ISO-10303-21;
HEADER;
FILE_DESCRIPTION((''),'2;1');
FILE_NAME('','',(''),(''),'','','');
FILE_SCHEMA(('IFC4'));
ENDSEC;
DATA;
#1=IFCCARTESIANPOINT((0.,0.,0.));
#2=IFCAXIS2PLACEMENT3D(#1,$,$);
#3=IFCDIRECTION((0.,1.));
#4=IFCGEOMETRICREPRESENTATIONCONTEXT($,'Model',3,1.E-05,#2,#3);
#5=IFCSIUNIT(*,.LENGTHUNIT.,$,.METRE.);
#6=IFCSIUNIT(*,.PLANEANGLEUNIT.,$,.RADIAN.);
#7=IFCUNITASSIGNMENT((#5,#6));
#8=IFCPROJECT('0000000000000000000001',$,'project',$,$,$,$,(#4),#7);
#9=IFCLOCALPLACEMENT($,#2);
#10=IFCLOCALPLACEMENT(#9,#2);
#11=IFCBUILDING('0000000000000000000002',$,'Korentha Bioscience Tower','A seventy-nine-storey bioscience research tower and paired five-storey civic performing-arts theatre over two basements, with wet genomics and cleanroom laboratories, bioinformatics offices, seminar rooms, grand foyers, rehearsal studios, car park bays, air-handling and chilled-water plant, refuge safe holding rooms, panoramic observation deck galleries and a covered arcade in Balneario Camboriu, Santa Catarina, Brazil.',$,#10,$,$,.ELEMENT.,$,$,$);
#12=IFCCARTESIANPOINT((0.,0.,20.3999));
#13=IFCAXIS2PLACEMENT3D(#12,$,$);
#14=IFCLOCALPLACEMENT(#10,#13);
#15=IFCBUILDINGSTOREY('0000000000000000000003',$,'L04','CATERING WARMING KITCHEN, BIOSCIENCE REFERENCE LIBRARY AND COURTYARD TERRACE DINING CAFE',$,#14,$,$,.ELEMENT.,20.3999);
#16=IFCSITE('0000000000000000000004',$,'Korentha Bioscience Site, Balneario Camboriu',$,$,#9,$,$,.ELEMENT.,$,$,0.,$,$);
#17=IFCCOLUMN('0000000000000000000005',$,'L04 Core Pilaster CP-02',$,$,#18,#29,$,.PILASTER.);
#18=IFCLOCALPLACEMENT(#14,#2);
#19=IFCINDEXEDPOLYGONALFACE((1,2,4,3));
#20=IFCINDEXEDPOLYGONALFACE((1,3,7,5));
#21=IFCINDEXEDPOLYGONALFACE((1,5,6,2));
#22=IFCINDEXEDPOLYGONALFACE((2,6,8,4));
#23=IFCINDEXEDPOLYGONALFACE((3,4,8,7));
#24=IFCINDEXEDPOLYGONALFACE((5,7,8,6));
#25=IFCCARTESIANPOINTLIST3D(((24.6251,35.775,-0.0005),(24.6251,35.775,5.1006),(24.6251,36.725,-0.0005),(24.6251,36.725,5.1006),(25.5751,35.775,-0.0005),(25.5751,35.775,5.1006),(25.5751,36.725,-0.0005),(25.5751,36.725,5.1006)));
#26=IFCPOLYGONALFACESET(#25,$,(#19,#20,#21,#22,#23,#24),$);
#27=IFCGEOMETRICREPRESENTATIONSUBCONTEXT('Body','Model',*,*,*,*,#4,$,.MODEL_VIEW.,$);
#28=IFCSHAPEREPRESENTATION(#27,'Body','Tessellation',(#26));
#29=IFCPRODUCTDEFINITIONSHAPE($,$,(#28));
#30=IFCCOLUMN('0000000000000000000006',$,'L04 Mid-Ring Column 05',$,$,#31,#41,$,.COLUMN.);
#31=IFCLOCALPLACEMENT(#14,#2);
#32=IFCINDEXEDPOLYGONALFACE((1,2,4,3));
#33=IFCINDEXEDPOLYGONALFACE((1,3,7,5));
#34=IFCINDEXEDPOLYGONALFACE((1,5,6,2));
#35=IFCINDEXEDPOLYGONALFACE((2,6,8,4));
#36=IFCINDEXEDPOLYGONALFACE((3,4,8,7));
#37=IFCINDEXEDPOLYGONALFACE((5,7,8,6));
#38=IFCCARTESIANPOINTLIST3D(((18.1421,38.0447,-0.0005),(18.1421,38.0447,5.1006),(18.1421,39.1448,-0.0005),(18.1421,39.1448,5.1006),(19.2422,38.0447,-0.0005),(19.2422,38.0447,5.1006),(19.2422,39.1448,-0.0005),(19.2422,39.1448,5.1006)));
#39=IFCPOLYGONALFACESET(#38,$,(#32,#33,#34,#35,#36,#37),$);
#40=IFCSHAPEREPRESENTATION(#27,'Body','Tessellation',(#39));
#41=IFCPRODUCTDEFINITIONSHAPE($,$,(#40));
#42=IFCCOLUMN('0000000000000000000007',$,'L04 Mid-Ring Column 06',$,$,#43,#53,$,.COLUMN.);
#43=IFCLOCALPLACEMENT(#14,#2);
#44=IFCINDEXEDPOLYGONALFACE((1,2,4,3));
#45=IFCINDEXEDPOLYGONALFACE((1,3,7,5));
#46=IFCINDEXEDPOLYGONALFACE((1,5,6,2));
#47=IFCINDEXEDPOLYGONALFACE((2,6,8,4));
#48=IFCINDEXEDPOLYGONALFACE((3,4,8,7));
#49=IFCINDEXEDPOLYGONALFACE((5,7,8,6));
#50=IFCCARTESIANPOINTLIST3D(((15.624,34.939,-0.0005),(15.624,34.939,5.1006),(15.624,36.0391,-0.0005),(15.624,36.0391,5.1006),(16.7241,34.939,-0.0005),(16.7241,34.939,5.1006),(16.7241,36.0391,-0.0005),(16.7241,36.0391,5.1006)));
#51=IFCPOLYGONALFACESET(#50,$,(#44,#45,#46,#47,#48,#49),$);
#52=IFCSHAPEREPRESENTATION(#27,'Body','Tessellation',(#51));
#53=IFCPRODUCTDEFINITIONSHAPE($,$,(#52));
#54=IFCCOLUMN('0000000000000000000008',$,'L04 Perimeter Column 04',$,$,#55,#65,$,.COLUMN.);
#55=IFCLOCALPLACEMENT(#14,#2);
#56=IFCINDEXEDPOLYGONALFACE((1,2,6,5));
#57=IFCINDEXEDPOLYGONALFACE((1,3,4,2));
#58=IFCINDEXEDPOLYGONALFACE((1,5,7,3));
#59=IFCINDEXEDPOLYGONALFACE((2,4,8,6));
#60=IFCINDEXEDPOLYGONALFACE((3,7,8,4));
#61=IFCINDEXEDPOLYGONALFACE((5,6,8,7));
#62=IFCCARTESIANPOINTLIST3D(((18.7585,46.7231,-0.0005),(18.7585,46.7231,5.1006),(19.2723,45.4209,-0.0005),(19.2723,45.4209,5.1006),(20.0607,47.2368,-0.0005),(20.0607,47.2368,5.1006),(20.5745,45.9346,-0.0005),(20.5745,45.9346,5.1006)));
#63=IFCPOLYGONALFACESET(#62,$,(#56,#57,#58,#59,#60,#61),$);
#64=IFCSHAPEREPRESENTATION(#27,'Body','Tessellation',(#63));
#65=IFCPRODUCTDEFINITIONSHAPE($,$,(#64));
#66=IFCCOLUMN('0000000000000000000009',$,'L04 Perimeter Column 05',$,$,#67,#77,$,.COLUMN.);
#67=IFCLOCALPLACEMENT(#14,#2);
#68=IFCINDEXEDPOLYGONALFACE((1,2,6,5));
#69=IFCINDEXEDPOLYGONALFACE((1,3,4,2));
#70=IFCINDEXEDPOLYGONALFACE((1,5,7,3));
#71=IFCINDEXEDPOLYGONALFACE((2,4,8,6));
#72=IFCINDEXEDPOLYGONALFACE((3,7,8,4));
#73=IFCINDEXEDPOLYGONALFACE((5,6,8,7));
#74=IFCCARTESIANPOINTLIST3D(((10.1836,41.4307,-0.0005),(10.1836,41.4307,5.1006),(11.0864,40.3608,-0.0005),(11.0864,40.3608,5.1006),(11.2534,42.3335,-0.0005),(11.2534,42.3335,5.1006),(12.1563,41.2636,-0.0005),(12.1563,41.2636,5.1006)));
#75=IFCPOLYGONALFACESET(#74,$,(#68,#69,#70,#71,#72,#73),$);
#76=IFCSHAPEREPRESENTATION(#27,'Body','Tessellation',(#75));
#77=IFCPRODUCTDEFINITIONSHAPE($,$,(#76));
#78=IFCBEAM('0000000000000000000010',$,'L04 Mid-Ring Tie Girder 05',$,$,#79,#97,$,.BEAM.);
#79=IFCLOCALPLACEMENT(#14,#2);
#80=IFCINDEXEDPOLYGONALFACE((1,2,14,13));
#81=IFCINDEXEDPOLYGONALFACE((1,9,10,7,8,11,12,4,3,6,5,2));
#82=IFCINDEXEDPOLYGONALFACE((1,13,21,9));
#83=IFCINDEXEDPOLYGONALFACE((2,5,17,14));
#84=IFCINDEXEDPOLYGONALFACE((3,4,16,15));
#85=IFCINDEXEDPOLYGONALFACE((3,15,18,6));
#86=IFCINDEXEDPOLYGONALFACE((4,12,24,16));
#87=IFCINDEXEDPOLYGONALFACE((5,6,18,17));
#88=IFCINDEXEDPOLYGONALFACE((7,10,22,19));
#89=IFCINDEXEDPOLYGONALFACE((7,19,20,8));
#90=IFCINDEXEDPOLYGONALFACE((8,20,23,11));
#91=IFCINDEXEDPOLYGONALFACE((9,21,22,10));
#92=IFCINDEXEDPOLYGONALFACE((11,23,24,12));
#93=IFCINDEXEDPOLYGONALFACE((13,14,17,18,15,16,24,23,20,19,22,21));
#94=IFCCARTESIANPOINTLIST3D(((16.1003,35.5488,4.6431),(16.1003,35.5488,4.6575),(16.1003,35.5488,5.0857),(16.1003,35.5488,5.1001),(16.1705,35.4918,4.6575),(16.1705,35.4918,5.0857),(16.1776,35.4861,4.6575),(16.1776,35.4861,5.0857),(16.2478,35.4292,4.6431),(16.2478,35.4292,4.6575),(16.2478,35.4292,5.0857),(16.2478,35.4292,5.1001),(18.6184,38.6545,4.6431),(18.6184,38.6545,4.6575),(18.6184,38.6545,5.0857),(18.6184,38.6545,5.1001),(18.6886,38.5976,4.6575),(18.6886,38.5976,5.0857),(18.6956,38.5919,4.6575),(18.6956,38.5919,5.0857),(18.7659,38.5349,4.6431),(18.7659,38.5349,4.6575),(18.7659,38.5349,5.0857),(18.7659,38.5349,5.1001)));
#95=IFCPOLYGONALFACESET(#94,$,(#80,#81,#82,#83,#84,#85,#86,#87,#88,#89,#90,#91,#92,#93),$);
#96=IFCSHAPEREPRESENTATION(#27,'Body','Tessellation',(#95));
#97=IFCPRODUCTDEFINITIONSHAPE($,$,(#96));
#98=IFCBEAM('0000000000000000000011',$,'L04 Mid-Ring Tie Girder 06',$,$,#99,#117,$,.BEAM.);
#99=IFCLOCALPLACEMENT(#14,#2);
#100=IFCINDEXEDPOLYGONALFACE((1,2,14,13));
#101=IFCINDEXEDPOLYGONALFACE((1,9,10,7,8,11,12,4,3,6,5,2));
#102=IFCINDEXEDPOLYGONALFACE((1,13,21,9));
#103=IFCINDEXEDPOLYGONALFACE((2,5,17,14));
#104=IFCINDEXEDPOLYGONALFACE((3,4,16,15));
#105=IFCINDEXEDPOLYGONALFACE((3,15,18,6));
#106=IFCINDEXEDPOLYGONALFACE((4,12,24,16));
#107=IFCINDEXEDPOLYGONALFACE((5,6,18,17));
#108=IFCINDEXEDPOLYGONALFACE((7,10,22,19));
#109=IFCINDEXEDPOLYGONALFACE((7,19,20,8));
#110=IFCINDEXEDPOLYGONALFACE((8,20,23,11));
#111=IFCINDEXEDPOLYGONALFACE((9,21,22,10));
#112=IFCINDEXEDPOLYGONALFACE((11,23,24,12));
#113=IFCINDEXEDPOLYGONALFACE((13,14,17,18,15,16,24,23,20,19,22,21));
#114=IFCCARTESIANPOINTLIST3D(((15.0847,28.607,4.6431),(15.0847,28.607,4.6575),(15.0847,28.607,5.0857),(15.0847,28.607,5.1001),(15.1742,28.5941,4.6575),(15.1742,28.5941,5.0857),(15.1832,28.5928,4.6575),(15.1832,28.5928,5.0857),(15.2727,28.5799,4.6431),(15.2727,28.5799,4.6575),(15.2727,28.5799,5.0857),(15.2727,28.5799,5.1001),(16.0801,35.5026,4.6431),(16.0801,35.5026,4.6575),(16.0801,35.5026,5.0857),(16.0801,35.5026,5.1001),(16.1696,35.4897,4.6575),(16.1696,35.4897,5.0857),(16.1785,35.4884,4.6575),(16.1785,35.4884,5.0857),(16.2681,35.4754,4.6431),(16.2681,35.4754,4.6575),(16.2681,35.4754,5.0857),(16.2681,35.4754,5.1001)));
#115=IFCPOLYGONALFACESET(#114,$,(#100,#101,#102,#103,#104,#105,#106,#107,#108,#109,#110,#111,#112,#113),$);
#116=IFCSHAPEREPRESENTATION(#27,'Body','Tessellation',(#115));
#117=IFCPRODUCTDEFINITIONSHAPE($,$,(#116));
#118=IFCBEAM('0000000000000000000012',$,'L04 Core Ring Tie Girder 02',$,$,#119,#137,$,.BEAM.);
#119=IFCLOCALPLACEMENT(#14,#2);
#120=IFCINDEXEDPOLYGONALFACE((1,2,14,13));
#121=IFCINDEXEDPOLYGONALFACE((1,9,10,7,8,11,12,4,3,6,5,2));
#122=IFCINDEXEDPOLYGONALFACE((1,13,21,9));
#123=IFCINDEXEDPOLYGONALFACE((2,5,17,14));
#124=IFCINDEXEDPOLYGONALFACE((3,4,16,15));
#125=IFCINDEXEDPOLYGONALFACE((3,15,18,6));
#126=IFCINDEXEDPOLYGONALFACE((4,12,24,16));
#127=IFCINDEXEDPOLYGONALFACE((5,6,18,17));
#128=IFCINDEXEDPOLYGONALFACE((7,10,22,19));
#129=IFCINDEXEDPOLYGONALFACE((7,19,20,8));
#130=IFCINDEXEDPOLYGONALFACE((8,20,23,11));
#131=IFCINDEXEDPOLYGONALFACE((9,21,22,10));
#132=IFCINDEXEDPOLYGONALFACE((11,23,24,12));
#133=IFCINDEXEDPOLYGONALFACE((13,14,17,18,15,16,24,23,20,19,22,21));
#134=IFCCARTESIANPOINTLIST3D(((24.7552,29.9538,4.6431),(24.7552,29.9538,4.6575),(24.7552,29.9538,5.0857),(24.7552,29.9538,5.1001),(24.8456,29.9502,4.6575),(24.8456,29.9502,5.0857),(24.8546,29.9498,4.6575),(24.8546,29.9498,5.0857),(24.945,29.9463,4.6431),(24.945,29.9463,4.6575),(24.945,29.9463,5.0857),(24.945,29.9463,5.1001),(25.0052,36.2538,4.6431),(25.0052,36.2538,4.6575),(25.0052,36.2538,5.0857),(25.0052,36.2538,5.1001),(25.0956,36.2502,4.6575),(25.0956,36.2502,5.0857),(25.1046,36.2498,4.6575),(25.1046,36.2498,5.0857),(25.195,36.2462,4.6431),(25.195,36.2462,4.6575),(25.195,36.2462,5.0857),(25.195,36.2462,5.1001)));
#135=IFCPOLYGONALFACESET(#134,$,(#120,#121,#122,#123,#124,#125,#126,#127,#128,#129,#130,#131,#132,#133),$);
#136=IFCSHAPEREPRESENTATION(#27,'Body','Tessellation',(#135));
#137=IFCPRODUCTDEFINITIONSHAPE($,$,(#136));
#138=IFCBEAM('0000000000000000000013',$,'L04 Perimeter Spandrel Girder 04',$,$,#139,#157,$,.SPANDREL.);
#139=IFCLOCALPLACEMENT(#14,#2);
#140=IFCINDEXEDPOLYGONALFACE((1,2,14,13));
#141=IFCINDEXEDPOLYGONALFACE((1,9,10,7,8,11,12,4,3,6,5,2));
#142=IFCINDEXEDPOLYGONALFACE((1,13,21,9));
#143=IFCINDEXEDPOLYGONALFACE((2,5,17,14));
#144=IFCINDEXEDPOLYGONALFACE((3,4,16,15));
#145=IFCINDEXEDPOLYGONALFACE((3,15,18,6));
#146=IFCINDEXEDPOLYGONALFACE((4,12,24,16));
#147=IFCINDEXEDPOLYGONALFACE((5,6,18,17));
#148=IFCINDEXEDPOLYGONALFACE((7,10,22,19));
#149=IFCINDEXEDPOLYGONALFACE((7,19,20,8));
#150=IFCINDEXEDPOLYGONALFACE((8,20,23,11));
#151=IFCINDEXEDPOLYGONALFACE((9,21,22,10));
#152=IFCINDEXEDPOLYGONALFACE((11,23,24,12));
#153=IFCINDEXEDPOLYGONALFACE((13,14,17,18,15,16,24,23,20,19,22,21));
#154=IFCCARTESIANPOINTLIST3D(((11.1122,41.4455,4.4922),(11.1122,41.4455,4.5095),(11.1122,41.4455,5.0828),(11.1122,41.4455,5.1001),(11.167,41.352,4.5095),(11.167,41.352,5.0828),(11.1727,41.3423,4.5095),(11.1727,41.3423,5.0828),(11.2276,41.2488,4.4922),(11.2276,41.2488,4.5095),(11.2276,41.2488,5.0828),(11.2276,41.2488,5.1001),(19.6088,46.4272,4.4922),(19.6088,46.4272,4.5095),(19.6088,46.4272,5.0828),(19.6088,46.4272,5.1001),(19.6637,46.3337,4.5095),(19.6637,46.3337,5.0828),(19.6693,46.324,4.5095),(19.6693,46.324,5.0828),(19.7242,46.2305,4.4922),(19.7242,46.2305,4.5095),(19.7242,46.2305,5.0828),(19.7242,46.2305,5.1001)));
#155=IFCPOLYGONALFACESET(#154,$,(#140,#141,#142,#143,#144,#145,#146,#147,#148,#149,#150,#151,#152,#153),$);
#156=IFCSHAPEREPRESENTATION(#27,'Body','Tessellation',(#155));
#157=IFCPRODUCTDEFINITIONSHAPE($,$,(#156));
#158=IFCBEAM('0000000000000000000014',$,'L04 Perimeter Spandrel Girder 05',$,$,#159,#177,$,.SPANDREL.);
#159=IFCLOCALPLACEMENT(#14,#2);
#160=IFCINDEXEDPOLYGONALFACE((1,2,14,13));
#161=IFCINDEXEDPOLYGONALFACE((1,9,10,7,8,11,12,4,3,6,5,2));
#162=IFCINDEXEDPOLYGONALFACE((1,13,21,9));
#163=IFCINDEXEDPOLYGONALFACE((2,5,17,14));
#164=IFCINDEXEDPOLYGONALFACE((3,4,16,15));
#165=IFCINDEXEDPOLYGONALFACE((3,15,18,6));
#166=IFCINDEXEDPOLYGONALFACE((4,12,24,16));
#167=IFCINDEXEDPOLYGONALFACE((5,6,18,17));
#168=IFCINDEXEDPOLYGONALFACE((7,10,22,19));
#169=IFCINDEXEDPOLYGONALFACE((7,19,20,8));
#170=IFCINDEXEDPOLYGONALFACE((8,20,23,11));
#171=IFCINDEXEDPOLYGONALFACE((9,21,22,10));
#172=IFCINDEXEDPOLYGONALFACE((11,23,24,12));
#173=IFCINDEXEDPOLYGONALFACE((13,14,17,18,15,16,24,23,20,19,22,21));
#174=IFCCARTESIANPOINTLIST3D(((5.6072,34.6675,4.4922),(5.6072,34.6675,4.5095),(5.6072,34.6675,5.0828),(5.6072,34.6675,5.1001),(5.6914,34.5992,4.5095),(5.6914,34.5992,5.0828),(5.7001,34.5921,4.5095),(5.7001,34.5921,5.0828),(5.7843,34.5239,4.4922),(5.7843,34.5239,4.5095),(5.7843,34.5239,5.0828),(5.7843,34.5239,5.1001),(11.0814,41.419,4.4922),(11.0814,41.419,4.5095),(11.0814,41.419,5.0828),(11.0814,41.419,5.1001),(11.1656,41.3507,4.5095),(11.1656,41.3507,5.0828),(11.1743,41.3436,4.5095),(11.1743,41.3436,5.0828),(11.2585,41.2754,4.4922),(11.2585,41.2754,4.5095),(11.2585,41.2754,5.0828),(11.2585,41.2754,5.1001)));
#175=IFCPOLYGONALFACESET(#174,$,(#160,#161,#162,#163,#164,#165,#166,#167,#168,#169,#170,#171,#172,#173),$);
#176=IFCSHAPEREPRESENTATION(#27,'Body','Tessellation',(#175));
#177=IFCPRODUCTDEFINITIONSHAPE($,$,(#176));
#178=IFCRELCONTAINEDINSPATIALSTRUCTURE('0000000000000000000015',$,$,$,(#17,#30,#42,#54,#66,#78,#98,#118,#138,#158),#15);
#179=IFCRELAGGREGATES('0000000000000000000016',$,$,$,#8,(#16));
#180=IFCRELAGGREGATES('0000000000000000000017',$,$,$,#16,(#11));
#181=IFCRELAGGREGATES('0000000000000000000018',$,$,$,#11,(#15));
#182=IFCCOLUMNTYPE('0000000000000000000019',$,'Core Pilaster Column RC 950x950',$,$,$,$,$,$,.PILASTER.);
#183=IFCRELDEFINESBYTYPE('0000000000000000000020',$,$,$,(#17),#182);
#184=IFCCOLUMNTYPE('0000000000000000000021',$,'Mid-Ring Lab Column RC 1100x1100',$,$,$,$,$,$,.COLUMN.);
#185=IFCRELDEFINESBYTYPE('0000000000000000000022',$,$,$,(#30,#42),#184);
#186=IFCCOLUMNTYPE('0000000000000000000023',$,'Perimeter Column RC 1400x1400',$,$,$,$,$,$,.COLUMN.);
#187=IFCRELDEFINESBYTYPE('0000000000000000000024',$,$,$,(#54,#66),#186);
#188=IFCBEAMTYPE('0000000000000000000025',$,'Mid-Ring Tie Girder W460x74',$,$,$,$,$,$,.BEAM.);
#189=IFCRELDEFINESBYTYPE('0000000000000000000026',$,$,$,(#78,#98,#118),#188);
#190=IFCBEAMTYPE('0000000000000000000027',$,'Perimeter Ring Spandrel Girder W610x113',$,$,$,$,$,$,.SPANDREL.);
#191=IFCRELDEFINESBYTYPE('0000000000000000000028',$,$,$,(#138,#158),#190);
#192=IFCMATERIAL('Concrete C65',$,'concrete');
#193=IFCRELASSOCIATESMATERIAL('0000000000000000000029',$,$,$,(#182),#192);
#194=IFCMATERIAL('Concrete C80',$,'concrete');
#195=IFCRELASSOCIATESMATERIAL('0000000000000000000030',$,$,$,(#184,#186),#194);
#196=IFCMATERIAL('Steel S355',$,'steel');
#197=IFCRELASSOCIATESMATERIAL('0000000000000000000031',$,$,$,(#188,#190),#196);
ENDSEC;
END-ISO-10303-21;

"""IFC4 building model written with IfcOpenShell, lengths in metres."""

from ifc_helpers import new_model, si_unit, direction, frame, origin, origin_2d, place, context, subcontext, project, spatial, rectangle, i_section, extrude, material, material_profile, profile_set, type_object, element, save


model = new_model("IFC4")

# Units and contexts
model_context = context("Model", 3, precision=1e-05, world=origin(), true_north=direction((0.0, 1.0)))
body_context = subcontext(model_context, "Body", "Model", "MODEL_VIEW")
ifc_project = project(units=[si_unit("LENGTHUNIT", "METRE"), si_unit("PLANEANGLEUNIT", "RADIAN")], contexts=[model_context])

# Site, building, storey
site_placement = place(None, origin())
site = spatial("IfcSite", under=ifc_project, at=site_placement, Name="Korentha Bioscience Site, Balneario Camboriu", CompositionType="ELEMENT", RefElevation=0.0)
building_placement = place(site_placement, origin())
building = spatial("IfcBuilding", under=site, at=building_placement, Name="Korentha Bioscience Tower", Description="A seventy-nine-storey bioscience research tower and paired five-storey civic performing-arts theatre over two basements, with wet genomics and cleanroom laboratories, bioinformatics offices, seminar rooms, grand foyers, rehearsal studios, car park bays, air-handling and chilled-water plant, refuge safe holding rooms, panoramic observation deck galleries and a covered arcade in Balneario Camboriu, Santa Catarina, Brazil.", CompositionType="ELEMENT")
storey_placement = place(building_placement, frame((0.0, 0.0, 20.3999)))
storey = spatial("IfcBuildingStorey", under=building, at=storey_placement, Name="L04", Description="CATERING WARMING KITCHEN, BIOSCIENCE REFERENCE LIBRARY AND COURTYARD TERRACE DINING CAFE", CompositionType="ELEMENT", Elevation=20.3999)

# Columns
ifc_material_1 = material(Name="Concrete C65", Category="concrete")
ifc_material_profile_1 = material_profile(ifc_material_1, rectangle(XDim=0.95, YDim=0.95, at=origin_2d()), Name="Concrete C65")
ifc_profile_set_1 = profile_set([ifc_material_profile_1], Name="Concrete C65 (COL-CP09)")
column_type_1 = type_object("IfcColumnType", Name="Core Pilaster Column RC 950x950", PredefinedType="PILASTER", material=ifc_profile_set_1)
column_placement = place(storey_placement, frame((25.1001, 36.25, -0.0005), z_axis=(0.0, 0.0, 1.0), x_axis=(1.0, 0.0, 0.0)))
element("IfcColumn", 1, at=column_placement, inside=storey, type_object=column_type_1, Name="L04 Core Pilaster CP-02", PredefinedType="PILASTER", context=body_context, shape_type="SweptSolid", body=[
    extrude(rectangle(XDim=0.95, YDim=0.95, at=origin_2d()), origin(), (0.0, 0.0, 1.0), 5.1011),
])
ifc_material_2 = material(Name="Concrete C80", Category="concrete")
ifc_material_profile_2 = material_profile(ifc_material_2, rectangle(XDim=1.1001, YDim=1.1001, at=origin_2d()), Name="Concrete C80")
ifc_profile_set_2 = profile_set([ifc_material_profile_2], Name="Concrete C80 (COL-MR11)")
column_type_2 = type_object("IfcColumnType", Name="Mid-Ring Lab Column RC 1100x1100", PredefinedType="COLUMN", material=ifc_profile_set_2)
for number, where, z_axis, x_axis, name in (
    (2, (18.6921, 38.5947, -0.0005), (0.0, 0.0, 1.0), (1.0, 0.0, 0.0), "L04 Mid-Ring Column 05"),
    (3, (16.1741, 35.489, -0.0005), (0.0, 0.0, 1.0), (1.0, 0.0, 0.0), "L04 Mid-Ring Column 06"),
):
    element("IfcColumn", number, at=place(storey_placement, frame(where, z_axis=z_axis, x_axis=x_axis)), inside=storey, type_object=column_type_2, Name=name, PredefinedType="COLUMN", context=body_context, shape_type="SweptSolid", body=[
        extrude(rectangle(XDim=1.1001, YDim=1.1001, at=origin_2d()), origin(), (0.0, 0.0, 1.0), 5.1011),
    ])
ifc_material_profile_3 = material_profile(ifc_material_2, rectangle(XDim=1.3999, YDim=1.3999, at=origin_2d()), Name="Concrete C80")
ifc_profile_set_3 = profile_set([ifc_material_profile_3], Name="Concrete C80 (COL-P14)")
column_type_3 = type_object("IfcColumnType", Name="Perimeter Column RC 1400x1400", PredefinedType="COLUMN", material=ifc_profile_set_3)
for number, where, z_axis, x_axis, name in (
    (4, (19.6665, 46.3289, -0.0005), (0.0, 0.0, 1.0), (0.930226, 0.366988, 0.0), "L04 Perimeter Column 04"),
    (5, (11.1699, 41.3472, -0.0005), (0.0, 0.0, 1.0), (0.764246, 0.644924, 0.0), "L04 Perimeter Column 05"),
):
    element("IfcColumn", number, at=place(storey_placement, frame(where, z_axis=z_axis, x_axis=x_axis)), inside=storey, type_object=column_type_3, Name=name, PredefinedType="COLUMN", context=body_context, shape_type="SweptSolid", body=[
        extrude(rectangle(XDim=1.3999, YDim=1.3999, at=origin_2d()), origin(), (0.0, 0.0, 1.0), 5.1011),
    ])

# Beams
ifc_material_3 = material(Name="Steel S355", Category="steel")
ifc_material_profile_4 = material_profile(ifc_material_3, i_section(OverallWidth=0.1899, OverallDepth=0.457, WebThickness=0.009, FlangeThickness=0.0144, at=origin_2d()), Name="Steel S355")
ifc_profile_set_4 = profile_set([ifc_material_profile_4], Name="Steel S355 (MB-460)")
beam_type_1 = type_object("IfcBeamType", Name="Mid-Ring Tie Girder W460x74", PredefinedType="BEAM", material=ifc_profile_set_4)
beam_1_placement = place(storey_placement, frame((18.6921, 38.5947, 4.8716), z_axis=(-0.62979, -0.776765, 0.0), x_axis=(0.776765, -0.62979, 0.0)))
element("IfcBeam", 6, at=beam_1_placement, inside=storey, type_object=beam_type_1, Name="L04 Mid-Ring Tie Girder 05", PredefinedType="BEAM", context=body_context, shape_type="SweptSolid", body=[
    extrude(i_section(OverallWidth=0.1899, OverallDepth=0.457, WebThickness=0.009, FlangeThickness=0.0144, at=origin_2d()), origin(), (0.0, 0.0, 1.0), 3.9983),
])
beam_2_placement = place(storey_placement, frame((16.1741, 35.489, 4.8716), z_axis=(-0.142868, -0.989742, 0.0), x_axis=(0.989742, -0.142868, 0.0)))
element("IfcBeam", 7, at=beam_2_placement, inside=storey, type_object=beam_type_1, Name="L04 Mid-Ring Tie Girder 06", PredefinedType="BEAM", context=body_context, shape_type="SweptSolid", body=[
    extrude(i_section(OverallWidth=0.1899, OverallDepth=0.457, WebThickness=0.009, FlangeThickness=0.0144, at=origin_2d()), origin(), (0.0, 0.0, 1.0), 6.967),
])
beam_3_placement = place(storey_placement, frame((25.1001, 36.25, 4.8716), z_axis=(-0.039651, -0.999214, 0.0), x_axis=(0.999214, -0.039651, 0.0)))
element("IfcBeam", 8, at=beam_3_placement, inside=storey, type_object=beam_type_1, Name="L04 Core Ring Tie Girder 02", PredefinedType="BEAM", context=body_context, shape_type="SweptSolid", body=[
    extrude(i_section(OverallWidth=0.1899, OverallDepth=0.457, WebThickness=0.009, FlangeThickness=0.0144, at=origin_2d()), origin(), (0.0, 0.0, 1.0), 6.3049),
])
ifc_material_profile_5 = material_profile(ifc_material_3, i_section(OverallWidth=0.228, OverallDepth=0.6079, WebThickness=0.0112, FlangeThickness=0.0173, at=origin_2d()), Name="Steel S355")
ifc_profile_set_5 = profile_set([ifc_material_profile_5], Name="Steel S355 (SB-610)")
beam_type_2 = type_object("IfcBeamType", Name="Perimeter Ring Spandrel Girder W610x113", PredefinedType="SPANDREL", material=ifc_profile_set_5)
beam_4_placement = place(storey_placement, frame((19.6665, 46.3289, 4.7961), z_axis=(-0.862657, -0.50579, 0.0), x_axis=(0.50579, -0.862657, 0.0)))
element("IfcBeam", 9, at=beam_4_placement, inside=storey, type_object=beam_type_2, Name="L04 Perimeter Spandrel Girder 04", PredefinedType="SPANDREL", context=body_context, shape_type="SweptSolid", body=[
    extrude(i_section(OverallWidth=0.228, OverallDepth=0.6079, WebThickness=0.0112, FlangeThickness=0.0173, at=origin_2d()), origin(), (0.0, 0.0, 1.0), 9.8494),
])
beam_5_placement = place(storey_placement, frame((11.1699, 41.3472, 4.7961), z_axis=(-0.629799, -0.776758, 0.0), x_axis=(0.776758, -0.629799, 0.0)))
element("IfcBeam", 10, at=beam_5_placement, inside=storey, type_object=beam_type_2, Name="L04 Perimeter Spandrel Girder 05", PredefinedType="SPANDREL", context=body_context, shape_type="SweptSolid", body=[
    extrude(i_section(OverallWidth=0.228, OverallDepth=0.6079, WebThickness=0.0112, FlangeThickness=0.0173, at=origin_2d()), origin(), (0.0, 0.0, 1.0), 8.6919),
])

save(model, "model.ifc")
